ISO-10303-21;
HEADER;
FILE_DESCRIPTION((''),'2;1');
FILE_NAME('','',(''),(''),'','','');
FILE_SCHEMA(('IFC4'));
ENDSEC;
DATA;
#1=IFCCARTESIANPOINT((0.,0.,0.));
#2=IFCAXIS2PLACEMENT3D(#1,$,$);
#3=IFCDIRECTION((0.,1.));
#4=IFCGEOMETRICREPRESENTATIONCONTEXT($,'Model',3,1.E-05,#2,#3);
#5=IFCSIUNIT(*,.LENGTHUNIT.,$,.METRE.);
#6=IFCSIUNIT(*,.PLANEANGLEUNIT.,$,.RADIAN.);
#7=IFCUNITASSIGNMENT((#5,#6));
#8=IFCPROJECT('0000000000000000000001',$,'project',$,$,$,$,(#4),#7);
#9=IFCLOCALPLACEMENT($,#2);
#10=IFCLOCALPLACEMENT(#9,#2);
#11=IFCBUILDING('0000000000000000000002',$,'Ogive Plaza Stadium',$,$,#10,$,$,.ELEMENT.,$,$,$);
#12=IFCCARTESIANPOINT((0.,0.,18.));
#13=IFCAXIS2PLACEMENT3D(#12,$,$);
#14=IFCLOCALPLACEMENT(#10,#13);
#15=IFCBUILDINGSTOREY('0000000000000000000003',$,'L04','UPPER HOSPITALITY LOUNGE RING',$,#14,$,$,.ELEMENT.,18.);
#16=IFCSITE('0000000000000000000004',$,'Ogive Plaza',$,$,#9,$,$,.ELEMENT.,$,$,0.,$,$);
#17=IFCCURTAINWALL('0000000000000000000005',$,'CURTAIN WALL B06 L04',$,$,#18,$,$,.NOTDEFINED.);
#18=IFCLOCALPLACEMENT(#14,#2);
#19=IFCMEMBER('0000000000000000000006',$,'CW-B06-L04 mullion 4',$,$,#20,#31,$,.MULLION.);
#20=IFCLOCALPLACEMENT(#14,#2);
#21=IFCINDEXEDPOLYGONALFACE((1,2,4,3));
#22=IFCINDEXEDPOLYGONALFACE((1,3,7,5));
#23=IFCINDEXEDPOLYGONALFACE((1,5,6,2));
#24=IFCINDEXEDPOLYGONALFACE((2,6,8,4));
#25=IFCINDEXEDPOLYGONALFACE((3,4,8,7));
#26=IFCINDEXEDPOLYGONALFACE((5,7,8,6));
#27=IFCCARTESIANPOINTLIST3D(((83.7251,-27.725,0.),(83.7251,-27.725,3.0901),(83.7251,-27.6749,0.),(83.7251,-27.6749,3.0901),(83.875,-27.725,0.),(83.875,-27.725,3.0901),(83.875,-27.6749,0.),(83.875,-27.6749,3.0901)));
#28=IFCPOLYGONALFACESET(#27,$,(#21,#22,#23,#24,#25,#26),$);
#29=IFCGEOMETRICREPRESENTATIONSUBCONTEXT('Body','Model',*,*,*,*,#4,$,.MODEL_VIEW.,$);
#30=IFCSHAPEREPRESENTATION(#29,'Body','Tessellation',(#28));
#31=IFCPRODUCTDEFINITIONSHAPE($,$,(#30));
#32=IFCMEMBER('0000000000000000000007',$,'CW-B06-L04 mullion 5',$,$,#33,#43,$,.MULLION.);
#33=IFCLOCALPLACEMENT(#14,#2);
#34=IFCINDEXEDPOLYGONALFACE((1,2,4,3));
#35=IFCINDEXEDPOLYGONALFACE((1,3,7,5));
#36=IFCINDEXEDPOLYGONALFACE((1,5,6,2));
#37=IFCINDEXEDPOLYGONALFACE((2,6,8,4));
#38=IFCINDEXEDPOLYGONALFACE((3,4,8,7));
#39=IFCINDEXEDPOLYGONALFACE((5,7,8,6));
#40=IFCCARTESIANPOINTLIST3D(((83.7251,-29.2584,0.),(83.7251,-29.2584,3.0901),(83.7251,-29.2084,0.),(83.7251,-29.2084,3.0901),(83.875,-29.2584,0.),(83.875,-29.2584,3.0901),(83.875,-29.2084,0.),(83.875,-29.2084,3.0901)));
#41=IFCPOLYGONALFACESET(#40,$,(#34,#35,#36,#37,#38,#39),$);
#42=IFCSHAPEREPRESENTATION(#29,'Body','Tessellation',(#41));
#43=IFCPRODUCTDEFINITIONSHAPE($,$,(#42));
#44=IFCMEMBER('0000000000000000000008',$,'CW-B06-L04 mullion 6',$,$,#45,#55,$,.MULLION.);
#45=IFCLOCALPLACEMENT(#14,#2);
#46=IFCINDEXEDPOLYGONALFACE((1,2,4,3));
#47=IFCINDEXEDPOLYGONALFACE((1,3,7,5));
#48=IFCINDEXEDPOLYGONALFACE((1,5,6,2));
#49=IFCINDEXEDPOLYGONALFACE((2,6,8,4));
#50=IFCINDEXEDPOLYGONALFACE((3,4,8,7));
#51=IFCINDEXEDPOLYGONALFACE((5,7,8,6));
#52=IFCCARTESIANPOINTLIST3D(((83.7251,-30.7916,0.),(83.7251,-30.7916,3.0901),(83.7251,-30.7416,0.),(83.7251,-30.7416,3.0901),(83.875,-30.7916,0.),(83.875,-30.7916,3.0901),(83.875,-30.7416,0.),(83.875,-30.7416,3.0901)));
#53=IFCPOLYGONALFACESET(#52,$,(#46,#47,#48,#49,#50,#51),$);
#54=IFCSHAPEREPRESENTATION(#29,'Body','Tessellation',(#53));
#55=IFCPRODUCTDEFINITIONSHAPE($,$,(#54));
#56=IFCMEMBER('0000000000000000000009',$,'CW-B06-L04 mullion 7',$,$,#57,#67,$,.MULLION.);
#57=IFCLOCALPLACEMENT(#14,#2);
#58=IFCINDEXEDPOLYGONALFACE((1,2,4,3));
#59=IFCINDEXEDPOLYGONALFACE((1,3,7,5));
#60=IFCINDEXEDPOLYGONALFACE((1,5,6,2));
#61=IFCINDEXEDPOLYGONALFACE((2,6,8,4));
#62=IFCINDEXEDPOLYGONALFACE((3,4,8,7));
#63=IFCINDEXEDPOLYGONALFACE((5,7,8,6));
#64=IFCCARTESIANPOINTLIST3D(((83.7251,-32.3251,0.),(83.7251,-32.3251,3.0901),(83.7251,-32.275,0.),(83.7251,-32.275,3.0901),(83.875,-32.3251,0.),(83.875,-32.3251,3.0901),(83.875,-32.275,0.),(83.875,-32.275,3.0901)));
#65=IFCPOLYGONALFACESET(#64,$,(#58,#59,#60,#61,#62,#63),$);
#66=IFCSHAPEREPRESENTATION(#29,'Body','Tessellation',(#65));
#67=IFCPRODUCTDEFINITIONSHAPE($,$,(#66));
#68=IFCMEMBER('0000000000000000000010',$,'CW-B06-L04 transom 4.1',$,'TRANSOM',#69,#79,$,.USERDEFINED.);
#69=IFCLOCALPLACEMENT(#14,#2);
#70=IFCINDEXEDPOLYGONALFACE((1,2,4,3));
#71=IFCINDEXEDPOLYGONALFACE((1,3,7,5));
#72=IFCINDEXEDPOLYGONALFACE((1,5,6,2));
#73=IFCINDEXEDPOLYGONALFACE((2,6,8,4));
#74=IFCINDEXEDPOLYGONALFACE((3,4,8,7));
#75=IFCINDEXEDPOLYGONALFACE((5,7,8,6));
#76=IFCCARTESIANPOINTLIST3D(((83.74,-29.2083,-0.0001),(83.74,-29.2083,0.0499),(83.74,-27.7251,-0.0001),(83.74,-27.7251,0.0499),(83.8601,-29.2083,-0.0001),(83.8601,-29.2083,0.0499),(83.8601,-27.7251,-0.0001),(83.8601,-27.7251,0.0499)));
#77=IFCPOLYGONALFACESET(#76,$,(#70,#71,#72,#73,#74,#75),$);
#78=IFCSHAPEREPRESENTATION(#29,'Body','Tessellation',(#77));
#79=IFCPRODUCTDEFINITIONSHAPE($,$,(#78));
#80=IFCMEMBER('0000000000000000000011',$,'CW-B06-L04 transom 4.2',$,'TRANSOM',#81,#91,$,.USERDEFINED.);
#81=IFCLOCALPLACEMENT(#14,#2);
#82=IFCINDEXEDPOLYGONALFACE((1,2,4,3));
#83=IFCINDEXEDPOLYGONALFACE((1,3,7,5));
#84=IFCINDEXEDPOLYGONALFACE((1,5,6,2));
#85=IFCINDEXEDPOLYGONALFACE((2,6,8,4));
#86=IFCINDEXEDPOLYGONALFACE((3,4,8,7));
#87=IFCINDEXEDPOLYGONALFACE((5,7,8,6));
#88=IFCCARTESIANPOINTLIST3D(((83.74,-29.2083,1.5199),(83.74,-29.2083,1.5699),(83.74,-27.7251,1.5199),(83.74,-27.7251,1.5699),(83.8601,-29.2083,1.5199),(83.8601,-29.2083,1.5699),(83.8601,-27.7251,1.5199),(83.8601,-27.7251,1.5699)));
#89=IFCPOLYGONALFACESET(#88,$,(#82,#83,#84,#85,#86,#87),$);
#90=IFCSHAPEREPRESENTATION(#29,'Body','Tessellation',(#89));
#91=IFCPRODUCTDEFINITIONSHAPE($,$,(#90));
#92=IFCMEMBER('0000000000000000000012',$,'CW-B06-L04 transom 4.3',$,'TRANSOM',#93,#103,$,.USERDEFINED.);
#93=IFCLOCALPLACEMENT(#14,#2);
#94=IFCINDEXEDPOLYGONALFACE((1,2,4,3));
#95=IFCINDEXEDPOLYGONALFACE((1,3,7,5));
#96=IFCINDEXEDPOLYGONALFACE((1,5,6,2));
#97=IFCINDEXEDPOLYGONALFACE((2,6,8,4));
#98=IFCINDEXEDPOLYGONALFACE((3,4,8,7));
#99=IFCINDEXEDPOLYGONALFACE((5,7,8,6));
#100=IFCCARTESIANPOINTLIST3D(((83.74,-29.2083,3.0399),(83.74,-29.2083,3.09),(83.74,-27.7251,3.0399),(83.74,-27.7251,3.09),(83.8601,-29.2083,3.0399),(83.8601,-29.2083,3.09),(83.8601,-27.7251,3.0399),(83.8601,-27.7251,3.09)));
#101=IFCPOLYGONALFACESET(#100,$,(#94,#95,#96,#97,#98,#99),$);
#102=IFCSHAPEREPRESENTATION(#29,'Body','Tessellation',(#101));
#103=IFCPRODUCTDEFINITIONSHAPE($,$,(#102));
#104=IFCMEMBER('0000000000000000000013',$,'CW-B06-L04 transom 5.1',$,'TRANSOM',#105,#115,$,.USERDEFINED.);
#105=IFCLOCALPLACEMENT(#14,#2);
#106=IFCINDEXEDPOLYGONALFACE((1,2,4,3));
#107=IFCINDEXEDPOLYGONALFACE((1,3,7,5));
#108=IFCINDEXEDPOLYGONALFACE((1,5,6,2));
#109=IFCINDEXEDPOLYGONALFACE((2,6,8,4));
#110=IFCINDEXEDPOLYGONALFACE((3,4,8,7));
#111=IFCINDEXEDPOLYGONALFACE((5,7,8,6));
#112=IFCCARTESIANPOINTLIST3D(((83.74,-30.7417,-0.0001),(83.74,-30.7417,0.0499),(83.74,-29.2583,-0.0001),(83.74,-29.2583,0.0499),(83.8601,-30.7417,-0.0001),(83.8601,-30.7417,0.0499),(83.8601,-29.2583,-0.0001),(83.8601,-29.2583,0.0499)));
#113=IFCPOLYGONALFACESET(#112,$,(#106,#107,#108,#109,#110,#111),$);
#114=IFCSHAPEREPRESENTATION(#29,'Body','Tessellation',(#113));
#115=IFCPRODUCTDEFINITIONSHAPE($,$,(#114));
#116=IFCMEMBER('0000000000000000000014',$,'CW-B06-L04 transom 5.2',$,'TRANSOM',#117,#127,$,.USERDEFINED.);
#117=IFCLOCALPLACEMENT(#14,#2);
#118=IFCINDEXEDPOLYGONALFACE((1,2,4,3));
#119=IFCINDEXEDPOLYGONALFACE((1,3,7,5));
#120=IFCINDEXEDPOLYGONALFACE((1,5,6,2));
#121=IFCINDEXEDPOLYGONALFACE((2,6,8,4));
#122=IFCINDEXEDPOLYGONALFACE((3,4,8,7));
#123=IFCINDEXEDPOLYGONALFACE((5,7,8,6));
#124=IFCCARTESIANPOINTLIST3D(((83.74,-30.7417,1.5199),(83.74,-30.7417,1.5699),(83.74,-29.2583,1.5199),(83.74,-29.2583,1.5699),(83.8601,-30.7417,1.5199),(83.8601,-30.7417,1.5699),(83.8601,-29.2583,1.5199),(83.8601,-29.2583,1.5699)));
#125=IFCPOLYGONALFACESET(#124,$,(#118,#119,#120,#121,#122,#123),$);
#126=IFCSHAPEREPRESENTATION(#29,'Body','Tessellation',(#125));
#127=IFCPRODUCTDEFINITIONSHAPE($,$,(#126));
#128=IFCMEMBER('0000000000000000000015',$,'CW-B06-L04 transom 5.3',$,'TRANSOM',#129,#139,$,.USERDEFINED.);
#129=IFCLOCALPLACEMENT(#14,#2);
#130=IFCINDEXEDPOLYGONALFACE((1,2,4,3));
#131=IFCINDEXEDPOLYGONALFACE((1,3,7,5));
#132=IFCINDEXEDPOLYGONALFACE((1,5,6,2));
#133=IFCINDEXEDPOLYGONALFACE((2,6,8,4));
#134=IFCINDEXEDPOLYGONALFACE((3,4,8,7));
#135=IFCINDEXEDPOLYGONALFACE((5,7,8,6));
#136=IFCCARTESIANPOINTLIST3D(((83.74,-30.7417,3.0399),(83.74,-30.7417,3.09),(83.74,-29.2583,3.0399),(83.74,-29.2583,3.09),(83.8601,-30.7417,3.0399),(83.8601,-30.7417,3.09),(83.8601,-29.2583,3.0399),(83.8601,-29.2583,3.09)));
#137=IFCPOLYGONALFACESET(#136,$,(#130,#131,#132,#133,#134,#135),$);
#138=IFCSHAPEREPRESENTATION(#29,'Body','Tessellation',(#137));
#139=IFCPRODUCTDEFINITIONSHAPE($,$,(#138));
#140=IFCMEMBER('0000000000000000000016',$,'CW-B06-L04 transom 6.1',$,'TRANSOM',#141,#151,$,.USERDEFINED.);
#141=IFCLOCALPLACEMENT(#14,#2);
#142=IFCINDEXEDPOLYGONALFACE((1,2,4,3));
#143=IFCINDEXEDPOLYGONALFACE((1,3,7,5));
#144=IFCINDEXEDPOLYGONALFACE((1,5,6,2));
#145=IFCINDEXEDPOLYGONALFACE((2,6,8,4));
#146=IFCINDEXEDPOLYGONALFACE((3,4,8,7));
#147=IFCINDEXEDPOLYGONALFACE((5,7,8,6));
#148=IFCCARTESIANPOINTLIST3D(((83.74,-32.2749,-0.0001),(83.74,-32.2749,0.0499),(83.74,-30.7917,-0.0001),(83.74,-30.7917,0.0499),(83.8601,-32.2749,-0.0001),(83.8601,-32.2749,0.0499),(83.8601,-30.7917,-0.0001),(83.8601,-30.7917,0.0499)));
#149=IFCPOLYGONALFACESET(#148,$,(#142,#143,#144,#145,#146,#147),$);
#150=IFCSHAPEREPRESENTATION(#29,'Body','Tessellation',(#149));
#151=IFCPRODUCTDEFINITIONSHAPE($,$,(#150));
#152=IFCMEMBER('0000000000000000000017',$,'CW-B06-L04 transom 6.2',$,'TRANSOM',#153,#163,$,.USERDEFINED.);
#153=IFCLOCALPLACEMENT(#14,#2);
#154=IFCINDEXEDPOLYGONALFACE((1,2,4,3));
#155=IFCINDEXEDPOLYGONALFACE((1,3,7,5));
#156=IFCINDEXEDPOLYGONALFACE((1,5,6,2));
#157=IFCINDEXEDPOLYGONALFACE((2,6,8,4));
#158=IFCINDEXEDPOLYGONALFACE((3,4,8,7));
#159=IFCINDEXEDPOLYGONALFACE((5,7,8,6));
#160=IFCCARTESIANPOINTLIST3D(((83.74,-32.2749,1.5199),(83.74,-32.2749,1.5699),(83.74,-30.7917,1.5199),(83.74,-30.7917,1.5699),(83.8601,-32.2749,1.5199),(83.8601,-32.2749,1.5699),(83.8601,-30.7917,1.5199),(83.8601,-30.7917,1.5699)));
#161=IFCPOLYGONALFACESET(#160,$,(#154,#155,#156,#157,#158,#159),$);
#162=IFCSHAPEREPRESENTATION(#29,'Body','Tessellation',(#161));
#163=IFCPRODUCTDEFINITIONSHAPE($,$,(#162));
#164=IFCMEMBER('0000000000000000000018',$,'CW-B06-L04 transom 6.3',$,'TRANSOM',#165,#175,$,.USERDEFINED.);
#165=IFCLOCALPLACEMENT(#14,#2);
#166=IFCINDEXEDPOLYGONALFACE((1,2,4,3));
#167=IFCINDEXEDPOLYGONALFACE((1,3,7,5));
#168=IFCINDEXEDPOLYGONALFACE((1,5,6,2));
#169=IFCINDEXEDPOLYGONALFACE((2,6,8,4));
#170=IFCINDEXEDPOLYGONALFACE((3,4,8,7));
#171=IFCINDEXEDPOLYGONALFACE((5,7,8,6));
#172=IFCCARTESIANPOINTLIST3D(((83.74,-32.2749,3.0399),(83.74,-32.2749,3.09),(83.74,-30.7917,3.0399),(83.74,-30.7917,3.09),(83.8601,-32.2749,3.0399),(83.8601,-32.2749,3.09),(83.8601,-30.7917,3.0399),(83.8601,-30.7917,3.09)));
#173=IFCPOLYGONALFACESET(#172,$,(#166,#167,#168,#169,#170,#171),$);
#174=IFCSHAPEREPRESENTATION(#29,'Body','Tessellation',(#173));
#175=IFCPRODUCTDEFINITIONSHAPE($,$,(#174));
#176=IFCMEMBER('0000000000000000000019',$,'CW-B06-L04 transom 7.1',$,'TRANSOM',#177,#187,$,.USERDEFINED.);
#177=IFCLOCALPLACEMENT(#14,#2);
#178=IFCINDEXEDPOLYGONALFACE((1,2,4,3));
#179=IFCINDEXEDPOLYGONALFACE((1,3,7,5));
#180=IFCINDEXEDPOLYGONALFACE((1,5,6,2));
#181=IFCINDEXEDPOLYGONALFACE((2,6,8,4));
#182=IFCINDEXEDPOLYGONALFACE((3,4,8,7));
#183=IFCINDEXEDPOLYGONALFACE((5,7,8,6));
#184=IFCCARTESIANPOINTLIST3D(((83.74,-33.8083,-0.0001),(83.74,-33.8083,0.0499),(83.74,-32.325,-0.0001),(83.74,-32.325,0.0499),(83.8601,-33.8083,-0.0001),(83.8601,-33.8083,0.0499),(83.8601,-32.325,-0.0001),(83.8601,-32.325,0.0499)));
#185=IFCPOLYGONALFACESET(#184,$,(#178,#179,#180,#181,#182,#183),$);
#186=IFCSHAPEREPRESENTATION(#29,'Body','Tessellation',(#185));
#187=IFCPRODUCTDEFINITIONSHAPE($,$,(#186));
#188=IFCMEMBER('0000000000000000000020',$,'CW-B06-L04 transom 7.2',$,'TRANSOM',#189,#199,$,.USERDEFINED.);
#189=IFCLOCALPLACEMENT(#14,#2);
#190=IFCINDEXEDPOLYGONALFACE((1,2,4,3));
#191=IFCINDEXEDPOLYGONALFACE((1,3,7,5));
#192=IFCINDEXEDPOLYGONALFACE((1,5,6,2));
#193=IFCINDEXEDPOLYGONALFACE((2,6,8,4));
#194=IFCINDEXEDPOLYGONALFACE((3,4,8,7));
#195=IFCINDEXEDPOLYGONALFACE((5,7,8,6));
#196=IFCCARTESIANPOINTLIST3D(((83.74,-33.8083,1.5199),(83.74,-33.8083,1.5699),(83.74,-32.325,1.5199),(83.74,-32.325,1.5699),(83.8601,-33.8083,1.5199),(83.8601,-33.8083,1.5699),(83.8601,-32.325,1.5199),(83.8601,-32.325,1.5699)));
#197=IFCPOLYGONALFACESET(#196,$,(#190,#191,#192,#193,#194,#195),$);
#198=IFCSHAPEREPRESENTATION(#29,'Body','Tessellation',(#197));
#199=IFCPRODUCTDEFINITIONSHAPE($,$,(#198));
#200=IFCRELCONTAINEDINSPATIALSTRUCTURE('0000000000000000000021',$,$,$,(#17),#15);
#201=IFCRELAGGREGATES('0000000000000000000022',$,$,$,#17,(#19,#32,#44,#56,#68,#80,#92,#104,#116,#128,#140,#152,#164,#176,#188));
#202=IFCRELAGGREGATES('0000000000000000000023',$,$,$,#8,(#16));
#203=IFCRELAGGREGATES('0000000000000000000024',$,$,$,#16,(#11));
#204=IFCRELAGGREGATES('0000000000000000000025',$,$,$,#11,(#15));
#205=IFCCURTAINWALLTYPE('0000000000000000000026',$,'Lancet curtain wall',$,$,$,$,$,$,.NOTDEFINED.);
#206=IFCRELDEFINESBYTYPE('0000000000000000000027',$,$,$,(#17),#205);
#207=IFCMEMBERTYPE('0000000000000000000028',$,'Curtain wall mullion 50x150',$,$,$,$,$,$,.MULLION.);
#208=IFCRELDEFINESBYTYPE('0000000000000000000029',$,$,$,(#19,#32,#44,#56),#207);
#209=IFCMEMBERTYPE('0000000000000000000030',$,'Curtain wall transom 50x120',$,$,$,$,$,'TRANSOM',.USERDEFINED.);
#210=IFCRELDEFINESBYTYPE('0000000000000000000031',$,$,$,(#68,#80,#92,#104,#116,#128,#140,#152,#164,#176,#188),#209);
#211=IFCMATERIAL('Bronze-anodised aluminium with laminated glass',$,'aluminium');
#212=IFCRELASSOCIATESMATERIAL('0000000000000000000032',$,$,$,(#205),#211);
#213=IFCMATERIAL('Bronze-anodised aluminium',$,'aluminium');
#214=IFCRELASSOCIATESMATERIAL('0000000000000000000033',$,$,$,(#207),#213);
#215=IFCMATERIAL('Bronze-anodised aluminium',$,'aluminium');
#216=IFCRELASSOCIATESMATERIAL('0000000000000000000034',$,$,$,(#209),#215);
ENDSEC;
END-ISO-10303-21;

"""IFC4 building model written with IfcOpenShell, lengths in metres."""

from ifc_helpers import new_model, si_unit, direction, frame, origin, origin_2d, place, context, subcontext, project, spatial, rectangle, extrude, material, material_profile, profile_set, type_object, element, aggregate, save


model = new_model("IFC4")

# Units and contexts
model_context = context("Model", 3, precision=1e-05, world=origin(), true_north=direction((0.0, 1.0)))
body_context = subcontext(model_context, "Body", "Model", "MODEL_VIEW")
ifc_project = project(units=[si_unit("LENGTHUNIT", "METRE"), si_unit("PLANEANGLEUNIT", "RADIAN")], contexts=[model_context])

# Site, building, storey
site_placement = place(None, origin())
site = spatial("IfcSite", under=ifc_project, at=site_placement, Name="Ogive Plaza", CompositionType="ELEMENT", RefElevation=0.0)
building_placement = place(site_placement, origin())
building = spatial("IfcBuilding", under=site, at=building_placement, Name="Ogive Plaza Stadium", CompositionType="ELEMENT")
storey_placement = place(building_placement, frame((0.0, 0.0, 18.0)))
storey = spatial("IfcBuildingStorey", under=building, at=storey_placement, Name="L04", Description="UPPER HOSPITALITY LOUNGE RING", CompositionType="ELEMENT", Elevation=18.0)

# Curtain wall, members
ifc_material_1 = material(Name="Bronze-anodised aluminium with laminated glass", Category="aluminium")
curtain_wall_type = type_object("IfcCurtainWallType", Name="Lancet curtain wall", PredefinedType="NOTDEFINED", material=ifc_material_1)
curtain_wall_placement = place(storey_placement, origin())
curtain_wall = element("IfcCurtainWall", 1, at=curtain_wall_placement, inside=storey, type_object=curtain_wall_type, Name="CURTAIN WALL B06 L04", PredefinedType="NOTDEFINED")
ifc_material_2 = material(Name="Bronze-anodised aluminium", Category="aluminium")
ifc_material_profile_1 = material_profile(ifc_material_2, rectangle(XDim=0.1499, YDim=0.05, at=origin_2d()), Name="AL 150x50")
ifc_profile_set_1 = profile_set([ifc_material_profile_1], Name="Bronze-anodised aluminium")
member_type_1 = type_object("IfcMemberType", Name="Curtain wall mullion 50x150", PredefinedType="MULLION", material=ifc_profile_set_1)
member_1_placement = place(storey_placement, frame((83.8, -27.7, 0.0), z_axis=(0.0, 0.0, 1.0), x_axis=(1.0, 0.0, 0.0)))
member_1 = element("IfcMember", 2, at=member_1_placement, type_object=member_type_1, Name="CW-B06-L04 mullion 4", PredefinedType="MULLION", context=body_context, shape_type="SweptSolid", body=[
    extrude(rectangle(XDim=0.1499, YDim=0.05, at=origin_2d()), origin(), (0.0, 0.0, 1.0), 3.0901),
])
member_2_placement = place(storey_placement, frame((83.8, -29.2334, 0.0), z_axis=(0.0, 0.0, 1.0), x_axis=(1.0, 0.0, 0.0)))
member_2 = element("IfcMember", 3, at=member_2_placement, type_object=member_type_1, Name="CW-B06-L04 mullion 5", PredefinedType="MULLION", context=body_context, shape_type="SweptSolid", body=[
    extrude(rectangle(XDim=0.1499, YDim=0.05, at=origin_2d()), origin(), (0.0, 0.0, 1.0), 3.0901),
])
member_3_placement = place(storey_placement, frame((83.8, -30.7666, 0.0), z_axis=(0.0, 0.0, 1.0), x_axis=(1.0, 0.0, 0.0)))
member_3 = element("IfcMember", 4, at=member_3_placement, type_object=member_type_1, Name="CW-B06-L04 mullion 6", PredefinedType="MULLION", context=body_context, shape_type="SweptSolid", body=[
    extrude(rectangle(XDim=0.1499, YDim=0.05, at=origin_2d()), origin(), (0.0, 0.0, 1.0), 3.0901),
])
member_4_placement = place(storey_placement, frame((83.8, -32.3, 0.0), z_axis=(0.0, 0.0, 1.0), x_axis=(1.0, 0.0, 0.0)))
member_4 = element("IfcMember", 5, at=member_4_placement, type_object=member_type_1, Name="CW-B06-L04 mullion 7", PredefinedType="MULLION", context=body_context, shape_type="SweptSolid", body=[
    extrude(rectangle(XDim=0.1499, YDim=0.05, at=origin_2d()), origin(), (0.0, 0.0, 1.0), 3.0901),
])
ifc_material_3 = material(Name="Bronze-anodised aluminium", Category="aluminium")
ifc_material_profile_2 = material_profile(ifc_material_3, rectangle(XDim=0.1201, YDim=0.05, at=origin_2d()), Name="AL 120x50")
ifc_profile_set_2 = profile_set([ifc_material_profile_2], Name="Bronze-anodised aluminium")
member_type_2 = type_object("IfcMemberType", Name="Curtain wall transom 50x120", ElementType="TRANSOM", PredefinedType="USERDEFINED", material=ifc_profile_set_2)
member_5_placement = place(storey_placement, frame((83.8, -27.7251, 0.0249), z_axis=(0.0, -1.0, 0.0), x_axis=(1.0, 0.0, 0.0)))
member_5 = element("IfcMember", 6, at=member_5_placement, type_object=member_type_2, Name="CW-B06-L04 transom 4.1", ObjectType="TRANSOM", PredefinedType="USERDEFINED", context=body_context, shape_type="SweptSolid", body=[
    extrude(rectangle(XDim=0.1201, YDim=0.05, at=origin_2d()), origin(), (0.0, 0.0, 1.0), 1.4832),
])
member_6_placement = place(storey_placement, frame((83.8, -27.7251, 1.5449), z_axis=(0.0, -1.0, 0.0), x_axis=(1.0, 0.0, 0.0)))
member_6 = element("IfcMember", 7, at=member_6_placement, type_object=member_type_2, Name="CW-B06-L04 transom 4.2", ObjectType="TRANSOM", PredefinedType="USERDEFINED", context=body_context, shape_type="SweptSolid", body=[
    extrude(rectangle(XDim=0.1201, YDim=0.05, at=origin_2d()), origin(), (0.0, 0.0, 1.0), 1.4832),
])
member_7_placement = place(storey_placement, frame((83.8, -27.7251, 3.0649), z_axis=(0.0, -1.0, 0.0), x_axis=(1.0, 0.0, 0.0)))
member_7 = element("IfcMember", 8, at=member_7_placement, type_object=member_type_2, Name="CW-B06-L04 transom 4.3", ObjectType="TRANSOM", PredefinedType="USERDEFINED", context=body_context, shape_type="SweptSolid", body=[
    extrude(rectangle(XDim=0.1201, YDim=0.05, at=origin_2d()), origin(), (0.0, 0.0, 1.0), 1.4832),
])
member_8_placement = place(storey_placement, frame((83.8, -29.2583, 0.0249), z_axis=(0.0, -1.0, 0.0), x_axis=(1.0, 0.0, 0.0)))
member_8 = element("IfcMember", 9, at=member_8_placement, type_object=member_type_2, Name="CW-B06-L04 transom 5.1", ObjectType="TRANSOM", PredefinedType="USERDEFINED", context=body_context, shape_type="SweptSolid", body=[
    extrude(rectangle(XDim=0.1201, YDim=0.05, at=origin_2d()), origin(), (0.0, 0.0, 1.0), 1.4834),
])
member_9_placement = place(storey_placement, frame((83.8, -29.2583, 1.5449), z_axis=(0.0, -1.0, 0.0), x_axis=(1.0, 0.0, 0.0)))
member_9 = element("IfcMember", 10, at=member_9_placement, type_object=member_type_2, Name="CW-B06-L04 transom 5.2", ObjectType="TRANSOM", PredefinedType="USERDEFINED", context=body_context, shape_type="SweptSolid", body=[
    extrude(rectangle(XDim=0.1201, YDim=0.05, at=origin_2d()), origin(), (0.0, 0.0, 1.0), 1.4834),
])
member_10_placement = place(storey_placement, frame((83.8, -29.2583, 3.0649), z_axis=(0.0, -1.0, 0.0), x_axis=(1.0, 0.0, 0.0)))
member_10 = element("IfcMember", 11, at=member_10_placement, type_object=member_type_2, Name="CW-B06-L04 transom 5.3", ObjectType="TRANSOM", PredefinedType="USERDEFINED", context=body_context, shape_type="SweptSolid", body=[
    extrude(rectangle(XDim=0.1201, YDim=0.05, at=origin_2d()), origin(), (0.0, 0.0, 1.0), 1.4834),
])
member_11_placement = place(storey_placement, frame((83.8, -30.7917, 0.0249), z_axis=(0.0, -1.0, 0.0), x_axis=(1.0, 0.0, 0.0)))
member_11 = element("IfcMember", 12, at=member_11_placement, type_object=member_type_2, Name="CW-B06-L04 transom 6.1", ObjectType="TRANSOM", PredefinedType="USERDEFINED", context=body_context, shape_type="SweptSolid", body=[
    extrude(rectangle(XDim=0.1201, YDim=0.05, at=origin_2d()), origin(), (0.0, 0.0, 1.0), 1.4832),
])
member_12_placement = place(storey_placement, frame((83.8, -30.7917, 1.5449), z_axis=(0.0, -1.0, 0.0), x_axis=(1.0, 0.0, 0.0)))
member_12 = element("IfcMember", 13, at=member_12_placement, type_object=member_type_2, Name="CW-B06-L04 transom 6.2", ObjectType="TRANSOM", PredefinedType="USERDEFINED", context=body_context, shape_type="SweptSolid", body=[
    extrude(rectangle(XDim=0.1201, YDim=0.05, at=origin_2d()), origin(), (0.0, 0.0, 1.0), 1.4832),
])
member_13_placement = place(storey_placement, frame((83.8, -30.7917, 3.0649), z_axis=(0.0, -1.0, 0.0), x_axis=(1.0, 0.0, 0.0)))
member_13 = element("IfcMember", 14, at=member_13_placement, type_object=member_type_2, Name="CW-B06-L04 transom 6.3", ObjectType="TRANSOM", PredefinedType="USERDEFINED", context=body_context, shape_type="SweptSolid", body=[
    extrude(rectangle(XDim=0.1201, YDim=0.05, at=origin_2d()), origin(), (0.0, 0.0, 1.0), 1.4832),
])
member_14_placement = place(storey_placement, frame((83.8, -32.325, 0.0249), z_axis=(0.0, -1.0, 0.0), x_axis=(1.0, 0.0, 0.0)))
member_14 = element("IfcMember", 15, at=member_14_placement, type_object=member_type_2, Name="CW-B06-L04 transom 7.1", ObjectType="TRANSOM", PredefinedType="USERDEFINED", context=body_context, shape_type="SweptSolid", body=[
    extrude(rectangle(XDim=0.1201, YDim=0.05, at=origin_2d()), origin(), (0.0, 0.0, 1.0), 1.4834),
])
member_15_placement = place(storey_placement, frame((83.8, -32.325, 1.5449), z_axis=(0.0, -1.0, 0.0), x_axis=(1.0, 0.0, 0.0)))
member_15 = element("IfcMember", 16, at=member_15_placement, type_object=member_type_2, Name="CW-B06-L04 transom 7.2", ObjectType="TRANSOM", PredefinedType="USERDEFINED", context=body_context, shape_type="SweptSolid", body=[
    extrude(rectangle(XDim=0.1201, YDim=0.05, at=origin_2d()), origin(), (0.0, 0.0, 1.0), 1.4834),
])
aggregate(curtain_wall, [member_1, member_2, member_3, member_4, member_5, member_6, member_7, member_8, member_9, member_10, member_11, member_12, member_13, member_14, member_15])

save(model, "model.ifc")
